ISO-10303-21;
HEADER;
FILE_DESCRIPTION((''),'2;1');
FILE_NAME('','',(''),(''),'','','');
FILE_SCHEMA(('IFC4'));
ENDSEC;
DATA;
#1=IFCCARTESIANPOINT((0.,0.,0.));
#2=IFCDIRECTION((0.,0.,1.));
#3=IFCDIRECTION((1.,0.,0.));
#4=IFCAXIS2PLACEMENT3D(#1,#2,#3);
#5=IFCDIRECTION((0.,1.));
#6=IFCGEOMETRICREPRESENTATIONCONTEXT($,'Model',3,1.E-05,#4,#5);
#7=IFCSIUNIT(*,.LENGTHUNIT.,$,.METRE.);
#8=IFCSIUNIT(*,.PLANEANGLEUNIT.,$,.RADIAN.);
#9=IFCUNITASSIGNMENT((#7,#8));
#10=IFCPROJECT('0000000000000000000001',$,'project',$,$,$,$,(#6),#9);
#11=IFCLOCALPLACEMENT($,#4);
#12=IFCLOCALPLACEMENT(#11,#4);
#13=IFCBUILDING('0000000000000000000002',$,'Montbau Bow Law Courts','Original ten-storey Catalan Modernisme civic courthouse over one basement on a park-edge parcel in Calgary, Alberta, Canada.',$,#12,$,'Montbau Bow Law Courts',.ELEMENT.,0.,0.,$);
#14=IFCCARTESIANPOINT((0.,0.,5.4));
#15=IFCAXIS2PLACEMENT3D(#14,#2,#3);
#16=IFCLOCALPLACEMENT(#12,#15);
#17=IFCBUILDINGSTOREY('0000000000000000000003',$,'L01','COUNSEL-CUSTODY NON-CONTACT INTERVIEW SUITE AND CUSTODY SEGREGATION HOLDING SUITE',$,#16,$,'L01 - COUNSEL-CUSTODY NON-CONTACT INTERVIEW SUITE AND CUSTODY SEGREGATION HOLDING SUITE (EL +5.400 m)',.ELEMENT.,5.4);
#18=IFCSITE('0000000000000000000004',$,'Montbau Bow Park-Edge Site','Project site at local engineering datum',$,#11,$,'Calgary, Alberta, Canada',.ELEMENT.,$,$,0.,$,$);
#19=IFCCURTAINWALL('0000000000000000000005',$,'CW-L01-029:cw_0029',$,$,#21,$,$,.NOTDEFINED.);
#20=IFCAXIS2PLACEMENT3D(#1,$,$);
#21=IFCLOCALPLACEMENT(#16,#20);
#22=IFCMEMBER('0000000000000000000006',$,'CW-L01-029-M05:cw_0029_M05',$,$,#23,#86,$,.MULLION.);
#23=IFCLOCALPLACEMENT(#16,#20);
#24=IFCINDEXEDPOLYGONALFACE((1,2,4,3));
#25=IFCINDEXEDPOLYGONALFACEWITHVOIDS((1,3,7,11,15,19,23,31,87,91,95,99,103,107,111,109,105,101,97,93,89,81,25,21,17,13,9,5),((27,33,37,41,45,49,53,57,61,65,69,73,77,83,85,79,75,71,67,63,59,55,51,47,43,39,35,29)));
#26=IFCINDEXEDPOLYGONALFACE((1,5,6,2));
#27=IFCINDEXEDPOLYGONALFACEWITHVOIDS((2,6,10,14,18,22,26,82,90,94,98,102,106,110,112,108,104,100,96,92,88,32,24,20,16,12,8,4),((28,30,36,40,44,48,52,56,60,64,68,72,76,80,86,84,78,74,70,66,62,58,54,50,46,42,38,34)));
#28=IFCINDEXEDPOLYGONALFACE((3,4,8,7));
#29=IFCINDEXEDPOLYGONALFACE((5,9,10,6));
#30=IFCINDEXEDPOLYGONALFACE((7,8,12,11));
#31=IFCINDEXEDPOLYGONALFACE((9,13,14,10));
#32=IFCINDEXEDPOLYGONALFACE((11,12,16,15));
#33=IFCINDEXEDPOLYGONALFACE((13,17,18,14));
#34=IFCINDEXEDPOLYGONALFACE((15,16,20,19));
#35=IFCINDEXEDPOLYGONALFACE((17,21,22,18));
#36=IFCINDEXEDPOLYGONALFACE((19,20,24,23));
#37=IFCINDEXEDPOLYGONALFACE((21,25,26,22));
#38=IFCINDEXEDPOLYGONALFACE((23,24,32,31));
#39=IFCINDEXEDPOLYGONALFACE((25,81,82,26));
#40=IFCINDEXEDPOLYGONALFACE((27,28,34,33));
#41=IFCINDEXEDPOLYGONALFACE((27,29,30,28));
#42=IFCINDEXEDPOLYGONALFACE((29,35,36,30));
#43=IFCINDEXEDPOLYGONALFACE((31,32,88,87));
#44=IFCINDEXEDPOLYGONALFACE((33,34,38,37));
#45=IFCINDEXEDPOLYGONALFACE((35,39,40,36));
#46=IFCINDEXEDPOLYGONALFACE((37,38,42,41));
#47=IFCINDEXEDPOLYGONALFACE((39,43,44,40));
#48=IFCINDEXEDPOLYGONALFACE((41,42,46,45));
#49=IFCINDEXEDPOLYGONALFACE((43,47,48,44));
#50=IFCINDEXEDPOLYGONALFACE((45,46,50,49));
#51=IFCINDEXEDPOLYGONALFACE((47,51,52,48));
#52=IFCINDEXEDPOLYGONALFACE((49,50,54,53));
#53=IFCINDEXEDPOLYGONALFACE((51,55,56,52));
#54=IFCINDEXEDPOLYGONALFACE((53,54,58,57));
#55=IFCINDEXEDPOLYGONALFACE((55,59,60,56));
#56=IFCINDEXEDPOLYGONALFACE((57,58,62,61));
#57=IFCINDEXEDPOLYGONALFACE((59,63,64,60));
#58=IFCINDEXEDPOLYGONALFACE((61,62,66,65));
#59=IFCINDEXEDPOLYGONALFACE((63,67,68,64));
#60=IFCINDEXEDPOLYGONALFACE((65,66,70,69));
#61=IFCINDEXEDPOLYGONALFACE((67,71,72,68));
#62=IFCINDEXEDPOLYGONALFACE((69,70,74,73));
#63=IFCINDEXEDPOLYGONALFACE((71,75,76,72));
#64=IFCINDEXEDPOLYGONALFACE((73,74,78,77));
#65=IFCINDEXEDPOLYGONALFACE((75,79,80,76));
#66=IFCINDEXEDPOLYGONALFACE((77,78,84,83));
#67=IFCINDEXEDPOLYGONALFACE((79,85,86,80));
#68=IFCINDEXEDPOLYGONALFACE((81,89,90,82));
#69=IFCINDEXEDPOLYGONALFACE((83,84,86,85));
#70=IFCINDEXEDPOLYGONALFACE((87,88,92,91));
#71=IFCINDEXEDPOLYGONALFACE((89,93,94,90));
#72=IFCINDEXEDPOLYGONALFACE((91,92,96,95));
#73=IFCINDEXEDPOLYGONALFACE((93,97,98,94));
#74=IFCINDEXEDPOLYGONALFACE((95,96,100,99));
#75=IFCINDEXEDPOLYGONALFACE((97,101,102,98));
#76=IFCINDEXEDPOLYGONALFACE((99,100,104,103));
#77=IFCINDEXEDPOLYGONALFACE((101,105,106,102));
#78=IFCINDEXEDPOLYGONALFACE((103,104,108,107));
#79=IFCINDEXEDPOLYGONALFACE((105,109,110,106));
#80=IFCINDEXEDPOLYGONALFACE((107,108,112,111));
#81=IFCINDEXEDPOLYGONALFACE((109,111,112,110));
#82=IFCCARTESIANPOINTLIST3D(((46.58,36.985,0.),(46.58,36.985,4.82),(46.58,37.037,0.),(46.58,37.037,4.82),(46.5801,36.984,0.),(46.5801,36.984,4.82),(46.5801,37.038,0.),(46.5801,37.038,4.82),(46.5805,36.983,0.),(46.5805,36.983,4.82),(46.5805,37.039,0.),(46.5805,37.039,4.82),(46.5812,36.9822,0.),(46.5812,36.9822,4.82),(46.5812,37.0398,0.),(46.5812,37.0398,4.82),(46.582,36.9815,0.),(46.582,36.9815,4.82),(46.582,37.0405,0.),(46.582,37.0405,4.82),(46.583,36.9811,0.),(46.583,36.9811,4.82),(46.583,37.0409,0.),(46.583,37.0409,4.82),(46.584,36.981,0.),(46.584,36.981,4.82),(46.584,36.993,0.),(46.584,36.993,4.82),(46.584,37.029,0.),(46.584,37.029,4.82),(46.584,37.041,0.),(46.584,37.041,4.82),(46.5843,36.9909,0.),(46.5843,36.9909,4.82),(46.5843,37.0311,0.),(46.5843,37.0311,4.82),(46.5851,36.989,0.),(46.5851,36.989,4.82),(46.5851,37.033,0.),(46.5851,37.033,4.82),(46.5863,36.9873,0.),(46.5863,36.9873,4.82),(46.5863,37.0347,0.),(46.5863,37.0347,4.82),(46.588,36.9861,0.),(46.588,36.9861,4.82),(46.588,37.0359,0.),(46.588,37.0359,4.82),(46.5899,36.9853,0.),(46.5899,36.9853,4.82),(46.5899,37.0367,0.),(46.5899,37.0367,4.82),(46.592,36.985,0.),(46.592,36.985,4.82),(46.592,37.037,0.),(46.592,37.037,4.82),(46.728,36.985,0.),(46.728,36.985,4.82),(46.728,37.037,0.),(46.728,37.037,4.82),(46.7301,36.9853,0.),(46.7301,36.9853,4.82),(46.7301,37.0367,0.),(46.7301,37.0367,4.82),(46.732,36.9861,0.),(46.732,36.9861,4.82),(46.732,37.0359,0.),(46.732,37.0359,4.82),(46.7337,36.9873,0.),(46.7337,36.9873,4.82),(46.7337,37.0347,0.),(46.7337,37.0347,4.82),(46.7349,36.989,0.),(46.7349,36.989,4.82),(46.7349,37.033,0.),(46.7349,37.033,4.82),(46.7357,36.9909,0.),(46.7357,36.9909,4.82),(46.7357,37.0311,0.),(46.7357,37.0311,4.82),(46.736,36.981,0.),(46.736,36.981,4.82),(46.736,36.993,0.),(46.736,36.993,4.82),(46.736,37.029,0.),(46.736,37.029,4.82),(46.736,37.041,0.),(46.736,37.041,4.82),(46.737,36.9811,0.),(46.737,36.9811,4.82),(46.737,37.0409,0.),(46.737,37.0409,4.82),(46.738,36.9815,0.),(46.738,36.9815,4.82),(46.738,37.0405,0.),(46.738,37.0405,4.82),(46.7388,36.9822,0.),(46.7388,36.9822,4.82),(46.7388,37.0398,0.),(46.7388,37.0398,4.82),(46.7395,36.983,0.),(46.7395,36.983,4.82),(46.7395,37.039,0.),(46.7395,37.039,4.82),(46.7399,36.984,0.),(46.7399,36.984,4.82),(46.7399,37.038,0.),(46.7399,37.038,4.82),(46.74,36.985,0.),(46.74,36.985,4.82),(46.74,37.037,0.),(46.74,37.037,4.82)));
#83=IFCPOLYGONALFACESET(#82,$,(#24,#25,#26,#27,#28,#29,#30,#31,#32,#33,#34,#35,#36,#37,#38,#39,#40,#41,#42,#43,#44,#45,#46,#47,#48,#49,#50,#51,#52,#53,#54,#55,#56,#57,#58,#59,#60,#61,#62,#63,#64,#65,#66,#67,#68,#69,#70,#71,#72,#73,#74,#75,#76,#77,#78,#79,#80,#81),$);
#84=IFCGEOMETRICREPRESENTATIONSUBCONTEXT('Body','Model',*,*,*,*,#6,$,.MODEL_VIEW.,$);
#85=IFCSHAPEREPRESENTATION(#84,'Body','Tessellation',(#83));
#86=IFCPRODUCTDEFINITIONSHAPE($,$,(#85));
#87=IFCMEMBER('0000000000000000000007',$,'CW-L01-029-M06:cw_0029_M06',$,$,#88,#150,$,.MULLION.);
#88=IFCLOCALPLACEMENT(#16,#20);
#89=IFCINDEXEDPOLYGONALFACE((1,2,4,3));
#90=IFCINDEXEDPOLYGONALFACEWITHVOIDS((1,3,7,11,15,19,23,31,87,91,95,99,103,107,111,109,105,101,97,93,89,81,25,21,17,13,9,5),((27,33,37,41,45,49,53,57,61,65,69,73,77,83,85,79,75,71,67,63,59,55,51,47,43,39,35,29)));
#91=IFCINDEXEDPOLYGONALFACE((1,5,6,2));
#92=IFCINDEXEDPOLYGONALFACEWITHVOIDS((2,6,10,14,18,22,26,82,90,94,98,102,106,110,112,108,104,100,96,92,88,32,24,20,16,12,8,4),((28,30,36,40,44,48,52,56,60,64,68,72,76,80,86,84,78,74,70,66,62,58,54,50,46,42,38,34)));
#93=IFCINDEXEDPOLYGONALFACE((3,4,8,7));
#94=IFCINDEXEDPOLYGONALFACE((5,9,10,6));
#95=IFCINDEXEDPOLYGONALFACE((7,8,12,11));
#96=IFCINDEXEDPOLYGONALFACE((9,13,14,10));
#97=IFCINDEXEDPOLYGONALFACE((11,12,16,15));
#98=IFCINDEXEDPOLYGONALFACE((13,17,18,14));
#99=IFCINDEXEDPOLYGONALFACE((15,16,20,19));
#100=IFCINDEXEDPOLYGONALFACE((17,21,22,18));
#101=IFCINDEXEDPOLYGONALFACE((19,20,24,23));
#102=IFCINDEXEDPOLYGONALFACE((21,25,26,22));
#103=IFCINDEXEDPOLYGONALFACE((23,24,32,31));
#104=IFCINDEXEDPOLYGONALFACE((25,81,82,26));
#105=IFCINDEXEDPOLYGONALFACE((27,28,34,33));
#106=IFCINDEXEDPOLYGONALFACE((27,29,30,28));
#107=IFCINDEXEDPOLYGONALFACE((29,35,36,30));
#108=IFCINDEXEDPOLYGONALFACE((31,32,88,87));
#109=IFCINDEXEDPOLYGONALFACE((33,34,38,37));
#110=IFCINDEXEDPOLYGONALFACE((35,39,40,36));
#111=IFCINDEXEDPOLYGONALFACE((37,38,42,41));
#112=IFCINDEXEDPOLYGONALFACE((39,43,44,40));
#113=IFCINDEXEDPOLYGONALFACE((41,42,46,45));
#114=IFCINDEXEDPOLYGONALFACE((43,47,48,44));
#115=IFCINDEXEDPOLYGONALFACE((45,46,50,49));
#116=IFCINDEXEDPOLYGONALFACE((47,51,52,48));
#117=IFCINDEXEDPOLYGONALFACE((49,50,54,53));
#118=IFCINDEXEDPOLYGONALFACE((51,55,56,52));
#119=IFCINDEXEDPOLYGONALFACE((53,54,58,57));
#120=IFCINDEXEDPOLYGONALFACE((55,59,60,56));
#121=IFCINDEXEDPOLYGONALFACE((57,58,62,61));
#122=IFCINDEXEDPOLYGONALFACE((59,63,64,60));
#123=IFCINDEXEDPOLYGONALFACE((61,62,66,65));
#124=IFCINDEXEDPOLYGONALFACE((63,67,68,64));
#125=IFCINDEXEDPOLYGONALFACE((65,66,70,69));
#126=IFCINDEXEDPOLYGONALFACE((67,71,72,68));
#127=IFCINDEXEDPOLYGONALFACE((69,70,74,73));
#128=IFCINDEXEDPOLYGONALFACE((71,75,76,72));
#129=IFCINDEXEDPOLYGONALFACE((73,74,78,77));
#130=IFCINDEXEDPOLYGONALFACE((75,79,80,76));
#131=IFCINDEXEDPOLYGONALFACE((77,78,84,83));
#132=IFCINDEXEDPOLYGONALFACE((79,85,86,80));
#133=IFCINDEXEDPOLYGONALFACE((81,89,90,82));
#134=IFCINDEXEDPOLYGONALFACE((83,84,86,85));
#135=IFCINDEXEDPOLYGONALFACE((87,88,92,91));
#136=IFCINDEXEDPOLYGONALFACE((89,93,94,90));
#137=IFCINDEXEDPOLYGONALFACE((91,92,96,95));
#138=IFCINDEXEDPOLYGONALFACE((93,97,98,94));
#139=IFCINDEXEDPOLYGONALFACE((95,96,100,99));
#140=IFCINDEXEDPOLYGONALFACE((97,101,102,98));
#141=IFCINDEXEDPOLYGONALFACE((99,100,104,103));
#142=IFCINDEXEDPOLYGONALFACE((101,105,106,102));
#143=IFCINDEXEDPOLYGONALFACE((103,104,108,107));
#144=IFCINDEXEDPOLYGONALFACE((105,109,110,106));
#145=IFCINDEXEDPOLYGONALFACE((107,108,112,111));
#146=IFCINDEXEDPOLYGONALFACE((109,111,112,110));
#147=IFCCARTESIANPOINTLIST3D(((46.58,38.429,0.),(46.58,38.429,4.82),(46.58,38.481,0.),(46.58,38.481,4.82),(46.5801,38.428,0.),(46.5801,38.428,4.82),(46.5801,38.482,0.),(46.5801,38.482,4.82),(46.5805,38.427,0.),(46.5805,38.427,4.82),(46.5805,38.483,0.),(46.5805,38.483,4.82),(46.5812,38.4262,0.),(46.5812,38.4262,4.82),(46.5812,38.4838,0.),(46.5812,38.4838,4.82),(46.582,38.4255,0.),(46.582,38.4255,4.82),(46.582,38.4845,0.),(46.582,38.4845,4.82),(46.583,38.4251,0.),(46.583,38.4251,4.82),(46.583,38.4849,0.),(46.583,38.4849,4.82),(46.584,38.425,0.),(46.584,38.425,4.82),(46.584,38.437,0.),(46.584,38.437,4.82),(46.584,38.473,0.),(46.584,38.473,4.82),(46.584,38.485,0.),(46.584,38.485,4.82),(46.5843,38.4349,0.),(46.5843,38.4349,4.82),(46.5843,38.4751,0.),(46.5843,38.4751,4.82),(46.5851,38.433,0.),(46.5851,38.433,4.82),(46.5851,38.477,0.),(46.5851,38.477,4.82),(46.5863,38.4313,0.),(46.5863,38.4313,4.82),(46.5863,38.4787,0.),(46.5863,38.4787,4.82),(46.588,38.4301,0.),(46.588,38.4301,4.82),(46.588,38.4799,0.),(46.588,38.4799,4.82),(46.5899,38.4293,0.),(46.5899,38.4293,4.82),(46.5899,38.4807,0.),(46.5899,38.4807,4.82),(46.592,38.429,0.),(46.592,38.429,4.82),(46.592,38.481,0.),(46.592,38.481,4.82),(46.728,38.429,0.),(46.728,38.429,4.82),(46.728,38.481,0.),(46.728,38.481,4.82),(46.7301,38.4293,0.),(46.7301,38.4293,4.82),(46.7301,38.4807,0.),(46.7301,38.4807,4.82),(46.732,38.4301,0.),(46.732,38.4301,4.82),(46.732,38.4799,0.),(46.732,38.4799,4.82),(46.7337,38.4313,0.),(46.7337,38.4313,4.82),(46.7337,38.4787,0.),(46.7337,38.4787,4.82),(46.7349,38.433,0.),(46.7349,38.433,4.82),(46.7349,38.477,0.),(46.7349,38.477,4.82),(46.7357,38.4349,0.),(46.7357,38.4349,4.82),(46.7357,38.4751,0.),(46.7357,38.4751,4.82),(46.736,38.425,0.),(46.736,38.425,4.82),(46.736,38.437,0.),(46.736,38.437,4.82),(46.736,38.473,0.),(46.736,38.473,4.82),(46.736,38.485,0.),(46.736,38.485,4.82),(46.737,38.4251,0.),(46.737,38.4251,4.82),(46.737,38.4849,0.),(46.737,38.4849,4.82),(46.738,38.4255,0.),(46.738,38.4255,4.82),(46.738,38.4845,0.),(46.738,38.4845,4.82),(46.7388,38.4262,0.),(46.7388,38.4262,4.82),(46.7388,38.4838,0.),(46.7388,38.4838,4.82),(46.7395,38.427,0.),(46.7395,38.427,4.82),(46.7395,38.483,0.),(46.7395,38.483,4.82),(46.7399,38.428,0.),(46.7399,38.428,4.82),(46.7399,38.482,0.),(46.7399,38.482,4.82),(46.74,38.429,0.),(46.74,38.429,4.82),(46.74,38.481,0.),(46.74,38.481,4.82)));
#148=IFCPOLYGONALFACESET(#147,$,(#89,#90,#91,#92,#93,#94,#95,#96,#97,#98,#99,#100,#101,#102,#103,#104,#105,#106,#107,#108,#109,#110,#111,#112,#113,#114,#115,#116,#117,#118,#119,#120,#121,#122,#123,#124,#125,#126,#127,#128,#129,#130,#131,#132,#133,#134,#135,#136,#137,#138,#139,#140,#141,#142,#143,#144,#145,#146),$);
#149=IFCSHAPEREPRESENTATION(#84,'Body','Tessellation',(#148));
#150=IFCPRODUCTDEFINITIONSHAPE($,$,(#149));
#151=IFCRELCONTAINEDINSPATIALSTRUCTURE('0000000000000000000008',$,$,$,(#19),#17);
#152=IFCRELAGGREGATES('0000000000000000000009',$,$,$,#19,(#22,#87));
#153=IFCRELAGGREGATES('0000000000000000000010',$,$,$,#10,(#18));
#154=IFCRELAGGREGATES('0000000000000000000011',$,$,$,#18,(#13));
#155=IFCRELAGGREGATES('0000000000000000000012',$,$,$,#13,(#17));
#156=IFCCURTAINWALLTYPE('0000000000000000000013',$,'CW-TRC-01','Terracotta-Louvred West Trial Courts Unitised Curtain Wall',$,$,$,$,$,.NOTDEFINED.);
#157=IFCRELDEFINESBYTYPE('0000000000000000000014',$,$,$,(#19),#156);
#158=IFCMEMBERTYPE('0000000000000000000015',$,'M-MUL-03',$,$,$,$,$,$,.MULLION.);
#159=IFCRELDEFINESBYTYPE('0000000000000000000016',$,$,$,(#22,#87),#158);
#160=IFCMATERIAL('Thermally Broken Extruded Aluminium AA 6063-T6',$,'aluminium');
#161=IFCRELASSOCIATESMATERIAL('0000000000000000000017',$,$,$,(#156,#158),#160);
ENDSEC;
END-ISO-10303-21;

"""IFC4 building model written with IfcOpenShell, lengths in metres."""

from ifc_helpers import new_model, si_unit, direction, frame, origin_with_axes, origin_2d_with_axis, place, context, subcontext, project, spatial, hollow_rectangle, extrude, material, material_profile, profile_set, type_object, element, aggregate, save


model = new_model("IFC4")

# Units and contexts
model_context = context("Model", 3, precision=1e-05, world=origin_with_axes(), true_north=direction((0.0, 1.0)))
body_context = subcontext(model_context, "Body", "Model", "MODEL_VIEW")
ifc_project = project(units=[si_unit("LENGTHUNIT", "METRE"), si_unit("PLANEANGLEUNIT", "RADIAN")], contexts=[model_context])

# Site, building, storey
site_placement = place(None, origin_with_axes())
site = spatial("IfcSite", under=ifc_project, at=site_placement, Name="Montbau Bow Park-Edge Site", Description="Project site at local engineering datum", LongName="Calgary, Alberta, Canada", CompositionType="ELEMENT", RefElevation=0.0)
building_placement = place(site_placement, origin_with_axes())
building = spatial("IfcBuilding", under=site, at=building_placement, Name="Montbau Bow Law Courts", Description="Original ten-storey Catalan Modernisme civic courthouse over one basement on a park-edge parcel in Calgary, Alberta, Canada.", LongName="Montbau Bow Law Courts", CompositionType="ELEMENT", ElevationOfRefHeight=0.0, ElevationOfTerrain=0.0)
storey_placement = place(building_placement, frame((0.0, 0.0, 5.4), z_axis=(0.0, 0.0, 1.0), x_axis=(1.0, 0.0, 0.0)))
storey = spatial("IfcBuildingStorey", under=building, at=storey_placement, Name="L01", Description="COUNSEL-CUSTODY NON-CONTACT INTERVIEW SUITE AND CUSTODY SEGREGATION HOLDING SUITE", LongName="L01 - COUNSEL-CUSTODY NON-CONTACT INTERVIEW SUITE AND CUSTODY SEGREGATION HOLDING SUITE (EL +5.400 m)", CompositionType="ELEMENT", Elevation=5.4)

# Shared definitions
ifc_material_1 = material(Name="Thermally Broken Extruded Aluminium AA 6063-T6", Category="aluminium")
curtain_wall_type = type_object("IfcCurtainWallType", Name="CW-TRC-01", Description="Terracotta-Louvred West Trial Courts Unitised Curtain Wall", PredefinedType="NOTDEFINED", material=ifc_material_1)

# Curtain wall, members
curtain_wall_1_placement = place(None, frame((46.66, 31.115, 5.4), z_axis=(0.0, 0.0, 1.0), x_axis=(1.0, 0.0, 0.0)))
curtain_wall_1 = element("IfcCurtainWall", 1, at=curtain_wall_1_placement, inside=storey, type_object=curtain_wall_type, Name="CW-L01-029:cw_0029", PredefinedType="NOTDEFINED")
ifc_material_profile_1 = material_profile(ifc_material_1, hollow_rectangle(XDim=0.06, YDim=0.16, WallThickness=0.004, InnerFilletRadius=0.008, OuterFilletRadius=0.004, at=origin_2d_with_axis()), Name="CWM-160X60", Category="Main", Priority=0)
ifc_profile_set_1 = profile_set([ifc_material_profile_1], Name="Thermally Broken Extruded Aluminium AA 6063-T6")
member_type_1 = type_object("IfcMemberType", Name="M-MUL-03", PredefinedType="MULLION", material=ifc_profile_set_1)
member_1_placement = place(None, frame((46.66, 37.011, 5.4), z_axis=(0.0, 0.0, 1.0), x_axis=(0.0, 1.0, 0.0)))
member_1 = element("IfcMember", 2, at=member_1_placement, type_object=member_type_1, Name="CW-L01-029-M05:cw_0029_M05", PredefinedType="MULLION", context=body_context, shape_type="SweptSolid", body=[
    extrude(hollow_rectangle(XDim=0.06, YDim=0.16, WallThickness=0.004, InnerFilletRadius=0.008, OuterFilletRadius=0.004, at=origin_2d_with_axis()), origin_with_axes(), (0.0, 0.0, 1.0), 4.82),
])
member_2_placement = place(None, frame((46.66, 38.455, 5.4), z_axis=(0.0, 0.0, 1.0), x_axis=(0.0, 1.0, 0.0)))
member_2 = element("IfcMember", 3, at=member_2_placement, type_object=member_type_1, Name="CW-L01-029-M06:cw_0029_M06", PredefinedType="MULLION", context=body_context, shape_type="SweptSolid", body=[
    extrude(hollow_rectangle(XDim=0.06, YDim=0.16, WallThickness=0.004, InnerFilletRadius=0.008, OuterFilletRadius=0.004, at=origin_2d_with_axis()), origin_with_axes(), (0.0, 0.0, 1.0), 4.82),
])
aggregate(curtain_wall_1, [member_1, member_2])

save(model, "model.ifc")
